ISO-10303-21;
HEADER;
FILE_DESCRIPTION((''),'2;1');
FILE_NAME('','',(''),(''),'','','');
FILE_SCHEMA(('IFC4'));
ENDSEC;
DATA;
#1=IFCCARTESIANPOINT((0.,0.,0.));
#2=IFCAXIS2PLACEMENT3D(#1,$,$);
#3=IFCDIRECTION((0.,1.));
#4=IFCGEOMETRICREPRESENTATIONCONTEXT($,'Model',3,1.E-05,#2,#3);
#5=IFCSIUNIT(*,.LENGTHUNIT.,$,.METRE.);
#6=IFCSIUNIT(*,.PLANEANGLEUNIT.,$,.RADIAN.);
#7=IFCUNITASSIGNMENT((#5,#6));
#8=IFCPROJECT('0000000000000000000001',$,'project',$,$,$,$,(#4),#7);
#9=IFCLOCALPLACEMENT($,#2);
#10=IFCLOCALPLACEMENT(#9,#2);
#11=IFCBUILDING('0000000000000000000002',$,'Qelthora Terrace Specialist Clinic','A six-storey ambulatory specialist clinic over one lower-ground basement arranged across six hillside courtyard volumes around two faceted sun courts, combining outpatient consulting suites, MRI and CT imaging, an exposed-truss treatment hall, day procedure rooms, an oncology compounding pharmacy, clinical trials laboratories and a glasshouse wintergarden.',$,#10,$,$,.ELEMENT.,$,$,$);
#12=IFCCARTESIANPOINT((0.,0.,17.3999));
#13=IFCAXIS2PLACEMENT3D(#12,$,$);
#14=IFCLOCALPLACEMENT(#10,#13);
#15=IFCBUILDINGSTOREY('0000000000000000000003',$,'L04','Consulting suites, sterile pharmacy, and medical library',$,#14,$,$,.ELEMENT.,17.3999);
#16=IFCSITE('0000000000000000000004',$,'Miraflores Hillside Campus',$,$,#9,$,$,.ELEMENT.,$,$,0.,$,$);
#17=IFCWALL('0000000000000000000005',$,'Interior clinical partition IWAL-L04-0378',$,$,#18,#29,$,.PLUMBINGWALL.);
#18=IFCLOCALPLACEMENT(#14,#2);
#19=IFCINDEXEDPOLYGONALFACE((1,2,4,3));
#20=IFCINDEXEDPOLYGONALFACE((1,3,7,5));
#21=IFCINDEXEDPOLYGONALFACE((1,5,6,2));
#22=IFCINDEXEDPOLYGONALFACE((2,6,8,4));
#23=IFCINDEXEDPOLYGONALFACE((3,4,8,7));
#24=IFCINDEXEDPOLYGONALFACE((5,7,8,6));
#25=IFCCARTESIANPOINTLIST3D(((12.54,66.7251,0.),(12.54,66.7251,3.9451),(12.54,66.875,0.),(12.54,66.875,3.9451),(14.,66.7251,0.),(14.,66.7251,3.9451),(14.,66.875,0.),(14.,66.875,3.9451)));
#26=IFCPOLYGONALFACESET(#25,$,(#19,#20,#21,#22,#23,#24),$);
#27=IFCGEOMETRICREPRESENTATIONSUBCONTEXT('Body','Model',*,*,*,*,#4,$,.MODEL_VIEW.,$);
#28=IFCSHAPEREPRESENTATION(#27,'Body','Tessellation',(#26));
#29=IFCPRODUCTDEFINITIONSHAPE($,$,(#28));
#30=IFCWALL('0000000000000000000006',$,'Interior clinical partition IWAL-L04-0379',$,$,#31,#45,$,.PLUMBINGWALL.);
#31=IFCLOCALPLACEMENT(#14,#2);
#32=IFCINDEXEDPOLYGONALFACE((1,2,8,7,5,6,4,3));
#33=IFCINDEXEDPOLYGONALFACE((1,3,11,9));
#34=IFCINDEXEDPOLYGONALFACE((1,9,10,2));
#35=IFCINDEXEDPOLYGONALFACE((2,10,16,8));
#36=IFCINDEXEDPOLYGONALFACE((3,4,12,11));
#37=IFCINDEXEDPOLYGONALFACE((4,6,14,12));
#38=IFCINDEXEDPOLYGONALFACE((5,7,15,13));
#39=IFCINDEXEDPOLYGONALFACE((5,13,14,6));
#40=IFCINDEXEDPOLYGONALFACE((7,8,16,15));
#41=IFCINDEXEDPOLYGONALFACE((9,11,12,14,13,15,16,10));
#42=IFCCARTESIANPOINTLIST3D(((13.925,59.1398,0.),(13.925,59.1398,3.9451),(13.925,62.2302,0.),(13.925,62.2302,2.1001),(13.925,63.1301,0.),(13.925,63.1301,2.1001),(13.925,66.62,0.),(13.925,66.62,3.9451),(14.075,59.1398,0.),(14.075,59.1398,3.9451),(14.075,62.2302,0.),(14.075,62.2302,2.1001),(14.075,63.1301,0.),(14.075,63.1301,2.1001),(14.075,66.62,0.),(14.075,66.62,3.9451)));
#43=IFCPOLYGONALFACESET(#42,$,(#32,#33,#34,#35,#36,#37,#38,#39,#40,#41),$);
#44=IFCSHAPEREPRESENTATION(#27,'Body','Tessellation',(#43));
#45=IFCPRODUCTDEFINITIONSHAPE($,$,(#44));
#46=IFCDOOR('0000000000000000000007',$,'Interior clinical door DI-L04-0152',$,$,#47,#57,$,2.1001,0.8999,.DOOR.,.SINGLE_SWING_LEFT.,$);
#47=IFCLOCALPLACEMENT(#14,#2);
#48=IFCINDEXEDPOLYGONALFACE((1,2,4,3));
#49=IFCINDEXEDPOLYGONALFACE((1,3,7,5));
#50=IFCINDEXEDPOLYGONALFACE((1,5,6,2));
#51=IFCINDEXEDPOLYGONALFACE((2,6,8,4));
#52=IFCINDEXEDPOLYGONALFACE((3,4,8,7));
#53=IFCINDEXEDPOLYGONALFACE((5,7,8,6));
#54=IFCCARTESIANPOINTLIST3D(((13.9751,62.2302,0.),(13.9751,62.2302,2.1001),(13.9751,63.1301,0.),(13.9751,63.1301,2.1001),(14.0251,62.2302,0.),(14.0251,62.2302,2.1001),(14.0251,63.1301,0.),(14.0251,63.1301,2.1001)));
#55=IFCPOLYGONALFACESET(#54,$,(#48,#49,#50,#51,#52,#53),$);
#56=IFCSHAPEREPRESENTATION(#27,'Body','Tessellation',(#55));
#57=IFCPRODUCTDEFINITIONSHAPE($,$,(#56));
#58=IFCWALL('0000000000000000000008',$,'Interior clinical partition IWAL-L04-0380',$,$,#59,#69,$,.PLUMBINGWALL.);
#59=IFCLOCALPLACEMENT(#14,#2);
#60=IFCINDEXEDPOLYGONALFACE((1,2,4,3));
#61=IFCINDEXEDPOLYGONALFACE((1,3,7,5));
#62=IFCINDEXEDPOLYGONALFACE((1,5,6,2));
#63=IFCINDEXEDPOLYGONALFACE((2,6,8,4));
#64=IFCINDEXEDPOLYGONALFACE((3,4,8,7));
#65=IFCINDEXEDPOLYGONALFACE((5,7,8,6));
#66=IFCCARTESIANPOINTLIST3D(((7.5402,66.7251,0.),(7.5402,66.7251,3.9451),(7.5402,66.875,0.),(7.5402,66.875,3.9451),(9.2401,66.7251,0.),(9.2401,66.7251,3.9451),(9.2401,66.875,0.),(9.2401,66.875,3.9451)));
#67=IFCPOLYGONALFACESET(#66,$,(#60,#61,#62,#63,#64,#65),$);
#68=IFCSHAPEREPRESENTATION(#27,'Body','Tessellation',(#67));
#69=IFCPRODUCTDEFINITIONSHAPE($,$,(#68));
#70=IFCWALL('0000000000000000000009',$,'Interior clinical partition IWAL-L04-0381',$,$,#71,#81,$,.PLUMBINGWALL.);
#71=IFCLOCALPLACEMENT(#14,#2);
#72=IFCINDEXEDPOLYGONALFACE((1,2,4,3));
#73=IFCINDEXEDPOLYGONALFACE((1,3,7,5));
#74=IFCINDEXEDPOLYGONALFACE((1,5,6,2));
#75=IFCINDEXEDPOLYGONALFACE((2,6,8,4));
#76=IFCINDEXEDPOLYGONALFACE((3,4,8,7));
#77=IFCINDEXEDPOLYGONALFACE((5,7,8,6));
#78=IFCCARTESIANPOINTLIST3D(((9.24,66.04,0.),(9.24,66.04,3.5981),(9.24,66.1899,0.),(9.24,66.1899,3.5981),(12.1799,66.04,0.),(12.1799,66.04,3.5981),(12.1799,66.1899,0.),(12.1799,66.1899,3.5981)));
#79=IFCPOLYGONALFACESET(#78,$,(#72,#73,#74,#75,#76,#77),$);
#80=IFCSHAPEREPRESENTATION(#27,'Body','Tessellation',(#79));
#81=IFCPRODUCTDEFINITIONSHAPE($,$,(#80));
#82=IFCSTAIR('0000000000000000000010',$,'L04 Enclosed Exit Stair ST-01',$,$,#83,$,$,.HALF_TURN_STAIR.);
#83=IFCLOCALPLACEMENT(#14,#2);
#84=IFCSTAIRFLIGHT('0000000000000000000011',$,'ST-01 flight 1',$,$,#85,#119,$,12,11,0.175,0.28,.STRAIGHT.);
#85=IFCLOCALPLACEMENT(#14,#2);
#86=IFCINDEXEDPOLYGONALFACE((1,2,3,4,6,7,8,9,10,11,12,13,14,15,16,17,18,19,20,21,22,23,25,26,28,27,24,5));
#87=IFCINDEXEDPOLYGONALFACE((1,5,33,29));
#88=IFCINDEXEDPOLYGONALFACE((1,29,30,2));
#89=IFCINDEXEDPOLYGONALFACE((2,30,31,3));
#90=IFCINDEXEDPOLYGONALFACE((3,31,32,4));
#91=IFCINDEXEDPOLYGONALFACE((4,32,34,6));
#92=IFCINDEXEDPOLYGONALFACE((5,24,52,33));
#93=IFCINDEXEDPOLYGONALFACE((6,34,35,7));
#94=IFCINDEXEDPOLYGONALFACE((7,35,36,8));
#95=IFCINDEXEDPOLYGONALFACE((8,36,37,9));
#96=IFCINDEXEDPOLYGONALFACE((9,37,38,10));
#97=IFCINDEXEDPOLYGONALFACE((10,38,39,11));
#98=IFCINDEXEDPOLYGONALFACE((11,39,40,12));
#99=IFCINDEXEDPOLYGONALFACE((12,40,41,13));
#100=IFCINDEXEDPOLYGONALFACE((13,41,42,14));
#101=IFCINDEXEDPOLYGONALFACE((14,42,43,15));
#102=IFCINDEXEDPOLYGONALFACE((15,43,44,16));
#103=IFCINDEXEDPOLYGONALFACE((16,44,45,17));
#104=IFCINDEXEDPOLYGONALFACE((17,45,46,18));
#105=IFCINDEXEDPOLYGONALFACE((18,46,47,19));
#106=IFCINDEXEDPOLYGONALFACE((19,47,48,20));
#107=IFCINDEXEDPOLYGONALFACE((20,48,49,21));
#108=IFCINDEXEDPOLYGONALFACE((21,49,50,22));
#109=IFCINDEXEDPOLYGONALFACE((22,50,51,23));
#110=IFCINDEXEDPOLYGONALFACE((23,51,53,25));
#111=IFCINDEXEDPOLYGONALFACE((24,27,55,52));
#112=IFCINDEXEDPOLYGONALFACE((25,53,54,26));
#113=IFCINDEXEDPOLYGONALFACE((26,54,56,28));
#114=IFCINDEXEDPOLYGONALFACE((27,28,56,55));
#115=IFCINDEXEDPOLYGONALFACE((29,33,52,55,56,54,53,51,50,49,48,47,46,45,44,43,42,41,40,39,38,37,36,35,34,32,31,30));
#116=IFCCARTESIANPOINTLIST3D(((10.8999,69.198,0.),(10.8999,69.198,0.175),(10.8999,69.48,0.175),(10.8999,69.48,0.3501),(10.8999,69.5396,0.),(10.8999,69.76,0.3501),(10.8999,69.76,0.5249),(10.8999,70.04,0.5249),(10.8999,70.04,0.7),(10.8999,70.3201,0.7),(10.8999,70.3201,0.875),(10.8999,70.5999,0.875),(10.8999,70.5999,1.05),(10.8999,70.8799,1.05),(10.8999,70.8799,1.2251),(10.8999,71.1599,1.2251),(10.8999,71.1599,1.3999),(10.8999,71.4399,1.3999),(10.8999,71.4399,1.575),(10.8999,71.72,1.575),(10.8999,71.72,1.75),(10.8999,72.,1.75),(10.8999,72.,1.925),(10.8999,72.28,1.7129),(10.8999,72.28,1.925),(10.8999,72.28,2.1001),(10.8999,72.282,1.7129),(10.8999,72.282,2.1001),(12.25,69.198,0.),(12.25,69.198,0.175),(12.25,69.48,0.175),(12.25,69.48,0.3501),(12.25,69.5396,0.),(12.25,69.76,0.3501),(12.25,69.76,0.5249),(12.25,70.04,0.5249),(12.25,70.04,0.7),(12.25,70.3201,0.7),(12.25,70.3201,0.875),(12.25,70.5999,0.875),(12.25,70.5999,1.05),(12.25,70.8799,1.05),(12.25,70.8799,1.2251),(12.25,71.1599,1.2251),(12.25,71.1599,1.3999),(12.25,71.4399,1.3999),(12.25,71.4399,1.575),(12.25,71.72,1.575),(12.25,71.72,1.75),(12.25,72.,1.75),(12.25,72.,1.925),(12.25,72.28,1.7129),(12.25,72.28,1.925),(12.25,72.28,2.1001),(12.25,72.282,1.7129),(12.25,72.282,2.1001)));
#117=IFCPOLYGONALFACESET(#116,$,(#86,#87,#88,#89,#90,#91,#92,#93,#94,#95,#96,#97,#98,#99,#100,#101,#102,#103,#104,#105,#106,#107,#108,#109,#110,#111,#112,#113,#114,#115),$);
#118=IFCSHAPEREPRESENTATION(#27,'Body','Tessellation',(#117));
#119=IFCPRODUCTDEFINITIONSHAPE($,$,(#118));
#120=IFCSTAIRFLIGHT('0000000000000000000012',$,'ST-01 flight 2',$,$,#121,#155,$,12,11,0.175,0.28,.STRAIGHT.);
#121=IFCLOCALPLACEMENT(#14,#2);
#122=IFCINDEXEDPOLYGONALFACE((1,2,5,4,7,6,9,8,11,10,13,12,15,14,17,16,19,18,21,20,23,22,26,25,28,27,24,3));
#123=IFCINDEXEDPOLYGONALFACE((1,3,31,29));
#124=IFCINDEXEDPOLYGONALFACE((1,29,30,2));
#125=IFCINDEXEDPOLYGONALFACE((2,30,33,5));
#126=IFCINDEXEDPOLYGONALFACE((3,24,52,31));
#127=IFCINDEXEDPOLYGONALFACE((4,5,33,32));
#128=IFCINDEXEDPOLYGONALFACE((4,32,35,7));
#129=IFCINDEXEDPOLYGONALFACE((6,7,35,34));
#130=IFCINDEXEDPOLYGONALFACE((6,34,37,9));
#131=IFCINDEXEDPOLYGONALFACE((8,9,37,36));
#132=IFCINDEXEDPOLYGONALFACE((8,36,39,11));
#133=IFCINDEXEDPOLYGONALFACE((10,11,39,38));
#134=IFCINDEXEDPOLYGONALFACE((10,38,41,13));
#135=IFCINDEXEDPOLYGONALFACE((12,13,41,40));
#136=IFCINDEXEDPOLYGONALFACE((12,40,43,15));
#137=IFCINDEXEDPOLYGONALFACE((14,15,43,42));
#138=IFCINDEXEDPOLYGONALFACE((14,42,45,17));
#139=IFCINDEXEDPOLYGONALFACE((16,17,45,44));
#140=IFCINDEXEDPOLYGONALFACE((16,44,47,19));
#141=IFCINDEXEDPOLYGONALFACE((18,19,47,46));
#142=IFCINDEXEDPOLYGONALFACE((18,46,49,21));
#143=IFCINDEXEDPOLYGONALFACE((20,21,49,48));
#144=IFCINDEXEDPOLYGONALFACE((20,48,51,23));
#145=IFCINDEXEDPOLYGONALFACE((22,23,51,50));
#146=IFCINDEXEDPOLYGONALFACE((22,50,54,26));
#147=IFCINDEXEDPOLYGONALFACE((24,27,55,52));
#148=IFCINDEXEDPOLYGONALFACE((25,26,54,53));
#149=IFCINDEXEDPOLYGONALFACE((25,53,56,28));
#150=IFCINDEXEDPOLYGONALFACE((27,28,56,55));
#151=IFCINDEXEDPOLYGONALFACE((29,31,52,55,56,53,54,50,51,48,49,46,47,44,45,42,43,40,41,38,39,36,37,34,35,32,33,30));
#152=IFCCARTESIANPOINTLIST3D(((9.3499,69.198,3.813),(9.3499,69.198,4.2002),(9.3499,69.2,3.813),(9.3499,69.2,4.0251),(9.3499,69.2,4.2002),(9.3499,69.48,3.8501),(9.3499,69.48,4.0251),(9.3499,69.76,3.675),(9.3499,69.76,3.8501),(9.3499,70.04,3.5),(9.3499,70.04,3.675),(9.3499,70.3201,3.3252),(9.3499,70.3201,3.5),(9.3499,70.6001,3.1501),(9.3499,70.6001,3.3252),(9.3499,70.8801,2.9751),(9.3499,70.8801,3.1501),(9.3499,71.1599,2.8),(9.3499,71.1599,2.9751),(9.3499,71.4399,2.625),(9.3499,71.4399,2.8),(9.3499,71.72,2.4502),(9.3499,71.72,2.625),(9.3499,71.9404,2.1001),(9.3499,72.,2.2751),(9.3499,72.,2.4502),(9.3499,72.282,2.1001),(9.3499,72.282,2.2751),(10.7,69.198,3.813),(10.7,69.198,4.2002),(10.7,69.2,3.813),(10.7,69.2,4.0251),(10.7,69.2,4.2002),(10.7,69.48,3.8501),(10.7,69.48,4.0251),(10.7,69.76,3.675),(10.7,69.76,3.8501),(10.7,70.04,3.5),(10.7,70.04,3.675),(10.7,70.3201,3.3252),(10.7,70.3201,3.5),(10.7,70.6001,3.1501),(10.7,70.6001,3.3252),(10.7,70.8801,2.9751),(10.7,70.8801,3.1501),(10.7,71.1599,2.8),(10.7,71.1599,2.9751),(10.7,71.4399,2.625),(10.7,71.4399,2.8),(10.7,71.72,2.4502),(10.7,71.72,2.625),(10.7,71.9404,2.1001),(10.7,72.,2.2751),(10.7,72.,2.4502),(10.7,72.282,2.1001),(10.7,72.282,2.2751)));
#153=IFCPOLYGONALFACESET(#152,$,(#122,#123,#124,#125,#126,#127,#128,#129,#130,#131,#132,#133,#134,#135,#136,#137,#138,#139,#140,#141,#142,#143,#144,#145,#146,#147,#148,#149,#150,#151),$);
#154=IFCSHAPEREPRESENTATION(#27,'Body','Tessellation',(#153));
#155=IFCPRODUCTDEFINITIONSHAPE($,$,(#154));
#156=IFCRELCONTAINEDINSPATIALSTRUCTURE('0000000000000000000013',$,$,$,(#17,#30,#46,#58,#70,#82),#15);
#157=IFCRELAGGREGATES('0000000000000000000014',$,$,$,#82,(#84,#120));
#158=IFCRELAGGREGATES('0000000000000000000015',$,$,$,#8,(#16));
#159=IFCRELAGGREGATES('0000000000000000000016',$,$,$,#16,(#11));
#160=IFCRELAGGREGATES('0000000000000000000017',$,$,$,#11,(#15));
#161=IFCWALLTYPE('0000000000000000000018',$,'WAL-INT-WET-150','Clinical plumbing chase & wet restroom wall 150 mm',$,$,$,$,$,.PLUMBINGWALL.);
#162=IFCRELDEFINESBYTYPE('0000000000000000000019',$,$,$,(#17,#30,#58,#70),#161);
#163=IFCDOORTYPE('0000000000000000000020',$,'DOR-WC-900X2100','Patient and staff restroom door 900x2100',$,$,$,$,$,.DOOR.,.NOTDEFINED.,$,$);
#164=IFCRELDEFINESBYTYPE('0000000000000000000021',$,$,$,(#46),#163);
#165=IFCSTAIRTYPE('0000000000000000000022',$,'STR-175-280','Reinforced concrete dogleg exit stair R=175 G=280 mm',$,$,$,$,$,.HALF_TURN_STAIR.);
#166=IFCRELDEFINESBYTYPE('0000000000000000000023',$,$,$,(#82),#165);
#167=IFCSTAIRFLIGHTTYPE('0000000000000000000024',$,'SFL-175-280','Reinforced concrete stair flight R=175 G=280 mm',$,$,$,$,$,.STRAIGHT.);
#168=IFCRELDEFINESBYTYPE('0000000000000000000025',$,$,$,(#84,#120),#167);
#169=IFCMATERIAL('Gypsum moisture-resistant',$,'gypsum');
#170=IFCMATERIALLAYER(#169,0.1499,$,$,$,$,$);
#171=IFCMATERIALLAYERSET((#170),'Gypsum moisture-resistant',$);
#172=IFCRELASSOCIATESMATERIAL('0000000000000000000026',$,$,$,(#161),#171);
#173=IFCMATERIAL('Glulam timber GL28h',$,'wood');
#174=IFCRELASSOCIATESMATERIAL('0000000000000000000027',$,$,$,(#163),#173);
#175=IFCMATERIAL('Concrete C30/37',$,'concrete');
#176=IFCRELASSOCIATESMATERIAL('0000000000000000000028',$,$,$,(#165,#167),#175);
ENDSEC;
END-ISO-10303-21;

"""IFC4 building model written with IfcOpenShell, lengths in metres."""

from ifc_helpers import new_model, si_unit, direction, frame, frame_2d, origin, place, context, subcontext, project, spatial, polyline, rectangle, outline, extrude, material, layer, layer_set, type_object, element, fill, aggregate, save


model = new_model("IFC4")

# Units and contexts
model_context = context("Model", 3, precision=1e-05, world=origin(), true_north=direction((0.0, 1.0)))
body_context = subcontext(model_context, "Body", "Model", "MODEL_VIEW")
ifc_project = project(units=[si_unit("LENGTHUNIT", "METRE"), si_unit("PLANEANGLEUNIT", "RADIAN")], contexts=[model_context])

# Site, building, storey
site_placement = place(None, origin())
site = spatial("IfcSite", under=ifc_project, at=site_placement, Name="Miraflores Hillside Campus", CompositionType="ELEMENT", RefElevation=0.0)
building_placement = place(site_placement, origin())
building = spatial("IfcBuilding", under=site, at=building_placement, Name="Qelthora Terrace Specialist Clinic", Description="A six-storey ambulatory specialist clinic over one lower-ground basement arranged across six hillside courtyard volumes around two faceted sun courts, combining outpatient consulting suites, MRI and CT imaging, an exposed-truss treatment hall, day procedure rooms, an oncology compounding pharmacy, clinical trials laboratories and a glasshouse wintergarden.", CompositionType="ELEMENT")
storey_placement = place(building_placement, frame((0.0, 0.0, 17.3999)))
storey = spatial("IfcBuildingStorey", under=building, at=storey_placement, Name="L04", Description="Consulting suites, sterile pharmacy, and medical library", CompositionType="ELEMENT", Elevation=17.3999)

# Wall
ifc_material_1 = material(Name="Gypsum moisture-resistant", Category="gypsum")
ifc_layer_1 = layer(ifc_material_1, 0.1499)
ifc_layer_set_1 = layer_set([ifc_layer_1], Name="Gypsum moisture-resistant")
wall_type_1 = type_object("IfcWallType", Name="WAL-INT-WET-150", Description="Clinical plumbing chase & wet restroom wall 150 mm", PredefinedType="PLUMBINGWALL", material=ifc_layer_set_1)
wall_1_placement = place(storey_placement, frame((12.54, 66.8, 0.0), z_axis=(0.0, 0.0, 1.0), x_axis=(1.0, 0.0, 0.0)))
element("IfcWall", 1, at=wall_1_placement, inside=storey, type_object=wall_type_1, Name="Interior clinical partition IWAL-L04-0378", PredefinedType="PLUMBINGWALL", context=body_context, shape_type="SweptSolid", body=[
    extrude(rectangle(XDim=1.46, YDim=0.1499, at=frame_2d((0.73, 0.0))), origin(), (0.0, 0.0, 1.0), 3.9451),
])

# Wall, opening, door
wall_2_placement = place(storey_placement, frame((14.0, 66.6201, 0.0), z_axis=(0.0, 0.0, 1.0), x_axis=(0.0, -1.0, 0.0)))
wall_2 = element("IfcWall", 2, at=wall_2_placement, inside=storey, type_object=wall_type_1, Name="Interior clinical partition IWAL-L04-0379", PredefinedType="PLUMBINGWALL", context=body_context, shape_type="SweptSolid", body=[
    extrude(rectangle(XDim=7.4802, YDim=0.1499, at=frame_2d((3.7402, 0.0))), origin(), (0.0, 0.0, 1.0), 3.9451),
])
opening_1_placement = place(wall_2_placement, frame((3.49, 0.0, 0.0)))
opening_1 = element("IfcOpeningElement", 3, at=opening_1_placement, cuts=wall_2, PredefinedType="OPENING", context=body_context, shape_type="SweptSolid", body=[
    extrude(rectangle(XDim=0.8999, YDim=2.1001, at=frame_2d((0.45, 1.05))), frame((0.0, 0.085, 0.0), z_axis=(0.0, -1.0, 0.0), x_axis=(1.0, 0.0, 0.0)), (0.0, 0.0, 1.0), 0.1699),
])
ifc_material_2 = material(Name="Glulam timber GL28h", Category="wood")
door_type_1 = type_object("IfcDoorType", Name="DOR-WC-900X2100", Description="Patient and staff restroom door 900x2100", OperationType="NOTDEFINED", PredefinedType="DOOR", material=ifc_material_2)
door_1_placement = place(opening_1_placement, frame((0.8999, 0.0, 0.0), z_axis=(0.0, 0.0, 1.0), x_axis=(-1.0, 0.0, 0.0)))
door_1 = element("IfcDoor", 4, at=door_1_placement, inside=storey, type_object=door_type_1, Name="Interior clinical door DI-L04-0152", OperationType="SINGLE_SWING_LEFT", OverallHeight=2.1001, OverallWidth=0.8999, PredefinedType="DOOR", context=body_context, shape_type="SweptSolid", body=[
    extrude(rectangle(XDim=0.8999, YDim=2.1001, at=frame_2d((0.45, 1.05))), frame((0.0, 0.0249, 0.0), z_axis=(0.0, -1.0, 0.0), x_axis=(1.0, 0.0, 0.0)), (0.0, 0.0, 1.0), 0.05),
])
fill(opening_1, door_1)

# Walls
wall_3_placement = place(storey_placement, frame((7.54, 66.8, 0.0), z_axis=(0.0, 0.0, 1.0), x_axis=(1.0, 0.0, 0.0)))
element("IfcWall", 5, at=wall_3_placement, inside=storey, type_object=wall_type_1, Name="Interior clinical partition IWAL-L04-0380", PredefinedType="PLUMBINGWALL", context=body_context, shape_type="SweptSolid", body=[
    extrude(rectangle(XDim=1.7, YDim=0.1499, at=frame_2d((0.8501, 0.0))), origin(), (0.0, 0.0, 1.0), 3.9451),
])
wall_4_placement = place(storey_placement, frame((9.24, 66.115, 0.0), z_axis=(0.0, 0.0, 1.0), x_axis=(1.0, 0.0, 0.0)))
element("IfcWall", 6, at=wall_4_placement, inside=storey, type_object=wall_type_1, Name="Interior clinical partition IWAL-L04-0381", PredefinedType="PLUMBINGWALL", context=body_context, shape_type="SweptSolid", body=[
    extrude(rectangle(XDim=2.9399, YDim=0.1499, at=frame_2d((1.47, 0.0))), origin(), (0.0, 0.0, 1.0), 3.5981),
])

# Stair, stair flights
ifc_material_3 = material(Name="Concrete C30/37", Category="concrete")
stair_type = type_object("IfcStairType", Name="STR-175-280", Description="Reinforced concrete dogleg exit stair R=175 G=280 mm", PredefinedType="HALF_TURN_STAIR", material=ifc_material_3)
stair_placement = place(storey_placement, origin())
stair = element("IfcStair", 7, at=stair_placement, inside=storey, type_object=stair_type, Name="L04 Enclosed Exit Stair ST-01", PredefinedType="HALF_TURN_STAIR")
stair_flight_type = type_object("IfcStairFlightType", Name="SFL-175-280", Description="Reinforced concrete stair flight R=175 G=280 mm", PredefinedType="STRAIGHT", material=ifc_material_3)
stair_flight_1_placement = place(storey_placement, frame((11.575, 69.2, 0.0), z_axis=(0.0, 0.0, 1.0), x_axis=(0.0, 1.0, 0.0)))
stair_flight_1 = element("IfcStairFlight", 8, at=stair_flight_1_placement, type_object=stair_flight_type, Name="ST-01 flight 1", NumberOfRisers=12, NumberOfTreads=11, PredefinedType="STRAIGHT", RiserHeight=0.175, TreadLength=0.28, context=body_context, shape_type="SweptSolid", body=[
    extrude(outline(polyline([(-0.002, 0.0), (-0.002, 0.175), (0.28, 0.175), (0.28, 0.3501), (0.5601, 0.3501), (0.5601, 0.5249), (0.8401, 0.5249), (0.8401, 0.7), (1.1201, 0.7), (1.1201, 0.875), (1.3999, 0.875), (1.3999, 1.05), (1.6799, 1.05), (1.6799, 1.2251), (1.96, 1.2251), (1.96, 1.3999), (2.24, 1.3999), (2.24, 1.575), (2.52, 1.575), (2.52, 1.75), (2.8, 1.75), (2.8, 1.925), (3.0801, 1.925), (3.0801, 2.1001), (3.082, 2.1001), (3.082, 1.7129), (3.0801, 1.7129), (0.3396, 0.0), (-0.002, 0.0)])), frame((0.0, 0.675, 0.0), z_axis=(0.0, -1.0, 0.0), x_axis=(1.0, 0.0, 0.0)), (0.0, 0.0, 1.0), 1.3501),
])
stair_flight_2_placement = place(storey_placement, frame((10.0249, 72.28, 2.1001), z_axis=(0.0, 0.0, 1.0), x_axis=(0.0, -1.0, 0.0)))
stair_flight_2 = element("IfcStairFlight", 9, at=stair_flight_2_placement, type_object=stair_flight_type, Name="ST-01 flight 2", NumberOfRisers=12, NumberOfTreads=11, PredefinedType="STRAIGHT", RiserHeight=0.175, TreadLength=0.28, context=body_context, shape_type="SweptSolid", body=[
    extrude(outline(polyline([(-0.002, 0.0), (-0.002, 0.175), (0.28, 0.175), (0.28, 0.3501), (0.5601, 0.3501), (0.5601, 0.5249), (0.8401, 0.5249), (0.8401, 0.7), (1.1201, 0.7), (1.1201, 0.875), (1.3999, 0.875), (1.3999, 1.05), (1.6799, 1.05), (1.6799, 1.2251), (1.96, 1.2251), (1.96, 1.3999), (2.24, 1.3999), (2.24, 1.575), (2.52, 1.575), (2.52, 1.75), (2.8, 1.75), (2.8, 1.925), (3.0801, 1.925), (3.0801, 2.1001), (3.082, 2.1001), (3.082, 1.7129), (3.0801, 1.7129), (0.3396, 0.0), (-0.002, 0.0)])), frame((0.0, 0.675, 0.0), z_axis=(0.0, -1.0, 0.0), x_axis=(1.0, 0.0, 0.0)), (0.0, 0.0, 1.0), 1.3501),
])
aggregate(stair, [stair_flight_1, stair_flight_2])

save(model, "model.ifc")
